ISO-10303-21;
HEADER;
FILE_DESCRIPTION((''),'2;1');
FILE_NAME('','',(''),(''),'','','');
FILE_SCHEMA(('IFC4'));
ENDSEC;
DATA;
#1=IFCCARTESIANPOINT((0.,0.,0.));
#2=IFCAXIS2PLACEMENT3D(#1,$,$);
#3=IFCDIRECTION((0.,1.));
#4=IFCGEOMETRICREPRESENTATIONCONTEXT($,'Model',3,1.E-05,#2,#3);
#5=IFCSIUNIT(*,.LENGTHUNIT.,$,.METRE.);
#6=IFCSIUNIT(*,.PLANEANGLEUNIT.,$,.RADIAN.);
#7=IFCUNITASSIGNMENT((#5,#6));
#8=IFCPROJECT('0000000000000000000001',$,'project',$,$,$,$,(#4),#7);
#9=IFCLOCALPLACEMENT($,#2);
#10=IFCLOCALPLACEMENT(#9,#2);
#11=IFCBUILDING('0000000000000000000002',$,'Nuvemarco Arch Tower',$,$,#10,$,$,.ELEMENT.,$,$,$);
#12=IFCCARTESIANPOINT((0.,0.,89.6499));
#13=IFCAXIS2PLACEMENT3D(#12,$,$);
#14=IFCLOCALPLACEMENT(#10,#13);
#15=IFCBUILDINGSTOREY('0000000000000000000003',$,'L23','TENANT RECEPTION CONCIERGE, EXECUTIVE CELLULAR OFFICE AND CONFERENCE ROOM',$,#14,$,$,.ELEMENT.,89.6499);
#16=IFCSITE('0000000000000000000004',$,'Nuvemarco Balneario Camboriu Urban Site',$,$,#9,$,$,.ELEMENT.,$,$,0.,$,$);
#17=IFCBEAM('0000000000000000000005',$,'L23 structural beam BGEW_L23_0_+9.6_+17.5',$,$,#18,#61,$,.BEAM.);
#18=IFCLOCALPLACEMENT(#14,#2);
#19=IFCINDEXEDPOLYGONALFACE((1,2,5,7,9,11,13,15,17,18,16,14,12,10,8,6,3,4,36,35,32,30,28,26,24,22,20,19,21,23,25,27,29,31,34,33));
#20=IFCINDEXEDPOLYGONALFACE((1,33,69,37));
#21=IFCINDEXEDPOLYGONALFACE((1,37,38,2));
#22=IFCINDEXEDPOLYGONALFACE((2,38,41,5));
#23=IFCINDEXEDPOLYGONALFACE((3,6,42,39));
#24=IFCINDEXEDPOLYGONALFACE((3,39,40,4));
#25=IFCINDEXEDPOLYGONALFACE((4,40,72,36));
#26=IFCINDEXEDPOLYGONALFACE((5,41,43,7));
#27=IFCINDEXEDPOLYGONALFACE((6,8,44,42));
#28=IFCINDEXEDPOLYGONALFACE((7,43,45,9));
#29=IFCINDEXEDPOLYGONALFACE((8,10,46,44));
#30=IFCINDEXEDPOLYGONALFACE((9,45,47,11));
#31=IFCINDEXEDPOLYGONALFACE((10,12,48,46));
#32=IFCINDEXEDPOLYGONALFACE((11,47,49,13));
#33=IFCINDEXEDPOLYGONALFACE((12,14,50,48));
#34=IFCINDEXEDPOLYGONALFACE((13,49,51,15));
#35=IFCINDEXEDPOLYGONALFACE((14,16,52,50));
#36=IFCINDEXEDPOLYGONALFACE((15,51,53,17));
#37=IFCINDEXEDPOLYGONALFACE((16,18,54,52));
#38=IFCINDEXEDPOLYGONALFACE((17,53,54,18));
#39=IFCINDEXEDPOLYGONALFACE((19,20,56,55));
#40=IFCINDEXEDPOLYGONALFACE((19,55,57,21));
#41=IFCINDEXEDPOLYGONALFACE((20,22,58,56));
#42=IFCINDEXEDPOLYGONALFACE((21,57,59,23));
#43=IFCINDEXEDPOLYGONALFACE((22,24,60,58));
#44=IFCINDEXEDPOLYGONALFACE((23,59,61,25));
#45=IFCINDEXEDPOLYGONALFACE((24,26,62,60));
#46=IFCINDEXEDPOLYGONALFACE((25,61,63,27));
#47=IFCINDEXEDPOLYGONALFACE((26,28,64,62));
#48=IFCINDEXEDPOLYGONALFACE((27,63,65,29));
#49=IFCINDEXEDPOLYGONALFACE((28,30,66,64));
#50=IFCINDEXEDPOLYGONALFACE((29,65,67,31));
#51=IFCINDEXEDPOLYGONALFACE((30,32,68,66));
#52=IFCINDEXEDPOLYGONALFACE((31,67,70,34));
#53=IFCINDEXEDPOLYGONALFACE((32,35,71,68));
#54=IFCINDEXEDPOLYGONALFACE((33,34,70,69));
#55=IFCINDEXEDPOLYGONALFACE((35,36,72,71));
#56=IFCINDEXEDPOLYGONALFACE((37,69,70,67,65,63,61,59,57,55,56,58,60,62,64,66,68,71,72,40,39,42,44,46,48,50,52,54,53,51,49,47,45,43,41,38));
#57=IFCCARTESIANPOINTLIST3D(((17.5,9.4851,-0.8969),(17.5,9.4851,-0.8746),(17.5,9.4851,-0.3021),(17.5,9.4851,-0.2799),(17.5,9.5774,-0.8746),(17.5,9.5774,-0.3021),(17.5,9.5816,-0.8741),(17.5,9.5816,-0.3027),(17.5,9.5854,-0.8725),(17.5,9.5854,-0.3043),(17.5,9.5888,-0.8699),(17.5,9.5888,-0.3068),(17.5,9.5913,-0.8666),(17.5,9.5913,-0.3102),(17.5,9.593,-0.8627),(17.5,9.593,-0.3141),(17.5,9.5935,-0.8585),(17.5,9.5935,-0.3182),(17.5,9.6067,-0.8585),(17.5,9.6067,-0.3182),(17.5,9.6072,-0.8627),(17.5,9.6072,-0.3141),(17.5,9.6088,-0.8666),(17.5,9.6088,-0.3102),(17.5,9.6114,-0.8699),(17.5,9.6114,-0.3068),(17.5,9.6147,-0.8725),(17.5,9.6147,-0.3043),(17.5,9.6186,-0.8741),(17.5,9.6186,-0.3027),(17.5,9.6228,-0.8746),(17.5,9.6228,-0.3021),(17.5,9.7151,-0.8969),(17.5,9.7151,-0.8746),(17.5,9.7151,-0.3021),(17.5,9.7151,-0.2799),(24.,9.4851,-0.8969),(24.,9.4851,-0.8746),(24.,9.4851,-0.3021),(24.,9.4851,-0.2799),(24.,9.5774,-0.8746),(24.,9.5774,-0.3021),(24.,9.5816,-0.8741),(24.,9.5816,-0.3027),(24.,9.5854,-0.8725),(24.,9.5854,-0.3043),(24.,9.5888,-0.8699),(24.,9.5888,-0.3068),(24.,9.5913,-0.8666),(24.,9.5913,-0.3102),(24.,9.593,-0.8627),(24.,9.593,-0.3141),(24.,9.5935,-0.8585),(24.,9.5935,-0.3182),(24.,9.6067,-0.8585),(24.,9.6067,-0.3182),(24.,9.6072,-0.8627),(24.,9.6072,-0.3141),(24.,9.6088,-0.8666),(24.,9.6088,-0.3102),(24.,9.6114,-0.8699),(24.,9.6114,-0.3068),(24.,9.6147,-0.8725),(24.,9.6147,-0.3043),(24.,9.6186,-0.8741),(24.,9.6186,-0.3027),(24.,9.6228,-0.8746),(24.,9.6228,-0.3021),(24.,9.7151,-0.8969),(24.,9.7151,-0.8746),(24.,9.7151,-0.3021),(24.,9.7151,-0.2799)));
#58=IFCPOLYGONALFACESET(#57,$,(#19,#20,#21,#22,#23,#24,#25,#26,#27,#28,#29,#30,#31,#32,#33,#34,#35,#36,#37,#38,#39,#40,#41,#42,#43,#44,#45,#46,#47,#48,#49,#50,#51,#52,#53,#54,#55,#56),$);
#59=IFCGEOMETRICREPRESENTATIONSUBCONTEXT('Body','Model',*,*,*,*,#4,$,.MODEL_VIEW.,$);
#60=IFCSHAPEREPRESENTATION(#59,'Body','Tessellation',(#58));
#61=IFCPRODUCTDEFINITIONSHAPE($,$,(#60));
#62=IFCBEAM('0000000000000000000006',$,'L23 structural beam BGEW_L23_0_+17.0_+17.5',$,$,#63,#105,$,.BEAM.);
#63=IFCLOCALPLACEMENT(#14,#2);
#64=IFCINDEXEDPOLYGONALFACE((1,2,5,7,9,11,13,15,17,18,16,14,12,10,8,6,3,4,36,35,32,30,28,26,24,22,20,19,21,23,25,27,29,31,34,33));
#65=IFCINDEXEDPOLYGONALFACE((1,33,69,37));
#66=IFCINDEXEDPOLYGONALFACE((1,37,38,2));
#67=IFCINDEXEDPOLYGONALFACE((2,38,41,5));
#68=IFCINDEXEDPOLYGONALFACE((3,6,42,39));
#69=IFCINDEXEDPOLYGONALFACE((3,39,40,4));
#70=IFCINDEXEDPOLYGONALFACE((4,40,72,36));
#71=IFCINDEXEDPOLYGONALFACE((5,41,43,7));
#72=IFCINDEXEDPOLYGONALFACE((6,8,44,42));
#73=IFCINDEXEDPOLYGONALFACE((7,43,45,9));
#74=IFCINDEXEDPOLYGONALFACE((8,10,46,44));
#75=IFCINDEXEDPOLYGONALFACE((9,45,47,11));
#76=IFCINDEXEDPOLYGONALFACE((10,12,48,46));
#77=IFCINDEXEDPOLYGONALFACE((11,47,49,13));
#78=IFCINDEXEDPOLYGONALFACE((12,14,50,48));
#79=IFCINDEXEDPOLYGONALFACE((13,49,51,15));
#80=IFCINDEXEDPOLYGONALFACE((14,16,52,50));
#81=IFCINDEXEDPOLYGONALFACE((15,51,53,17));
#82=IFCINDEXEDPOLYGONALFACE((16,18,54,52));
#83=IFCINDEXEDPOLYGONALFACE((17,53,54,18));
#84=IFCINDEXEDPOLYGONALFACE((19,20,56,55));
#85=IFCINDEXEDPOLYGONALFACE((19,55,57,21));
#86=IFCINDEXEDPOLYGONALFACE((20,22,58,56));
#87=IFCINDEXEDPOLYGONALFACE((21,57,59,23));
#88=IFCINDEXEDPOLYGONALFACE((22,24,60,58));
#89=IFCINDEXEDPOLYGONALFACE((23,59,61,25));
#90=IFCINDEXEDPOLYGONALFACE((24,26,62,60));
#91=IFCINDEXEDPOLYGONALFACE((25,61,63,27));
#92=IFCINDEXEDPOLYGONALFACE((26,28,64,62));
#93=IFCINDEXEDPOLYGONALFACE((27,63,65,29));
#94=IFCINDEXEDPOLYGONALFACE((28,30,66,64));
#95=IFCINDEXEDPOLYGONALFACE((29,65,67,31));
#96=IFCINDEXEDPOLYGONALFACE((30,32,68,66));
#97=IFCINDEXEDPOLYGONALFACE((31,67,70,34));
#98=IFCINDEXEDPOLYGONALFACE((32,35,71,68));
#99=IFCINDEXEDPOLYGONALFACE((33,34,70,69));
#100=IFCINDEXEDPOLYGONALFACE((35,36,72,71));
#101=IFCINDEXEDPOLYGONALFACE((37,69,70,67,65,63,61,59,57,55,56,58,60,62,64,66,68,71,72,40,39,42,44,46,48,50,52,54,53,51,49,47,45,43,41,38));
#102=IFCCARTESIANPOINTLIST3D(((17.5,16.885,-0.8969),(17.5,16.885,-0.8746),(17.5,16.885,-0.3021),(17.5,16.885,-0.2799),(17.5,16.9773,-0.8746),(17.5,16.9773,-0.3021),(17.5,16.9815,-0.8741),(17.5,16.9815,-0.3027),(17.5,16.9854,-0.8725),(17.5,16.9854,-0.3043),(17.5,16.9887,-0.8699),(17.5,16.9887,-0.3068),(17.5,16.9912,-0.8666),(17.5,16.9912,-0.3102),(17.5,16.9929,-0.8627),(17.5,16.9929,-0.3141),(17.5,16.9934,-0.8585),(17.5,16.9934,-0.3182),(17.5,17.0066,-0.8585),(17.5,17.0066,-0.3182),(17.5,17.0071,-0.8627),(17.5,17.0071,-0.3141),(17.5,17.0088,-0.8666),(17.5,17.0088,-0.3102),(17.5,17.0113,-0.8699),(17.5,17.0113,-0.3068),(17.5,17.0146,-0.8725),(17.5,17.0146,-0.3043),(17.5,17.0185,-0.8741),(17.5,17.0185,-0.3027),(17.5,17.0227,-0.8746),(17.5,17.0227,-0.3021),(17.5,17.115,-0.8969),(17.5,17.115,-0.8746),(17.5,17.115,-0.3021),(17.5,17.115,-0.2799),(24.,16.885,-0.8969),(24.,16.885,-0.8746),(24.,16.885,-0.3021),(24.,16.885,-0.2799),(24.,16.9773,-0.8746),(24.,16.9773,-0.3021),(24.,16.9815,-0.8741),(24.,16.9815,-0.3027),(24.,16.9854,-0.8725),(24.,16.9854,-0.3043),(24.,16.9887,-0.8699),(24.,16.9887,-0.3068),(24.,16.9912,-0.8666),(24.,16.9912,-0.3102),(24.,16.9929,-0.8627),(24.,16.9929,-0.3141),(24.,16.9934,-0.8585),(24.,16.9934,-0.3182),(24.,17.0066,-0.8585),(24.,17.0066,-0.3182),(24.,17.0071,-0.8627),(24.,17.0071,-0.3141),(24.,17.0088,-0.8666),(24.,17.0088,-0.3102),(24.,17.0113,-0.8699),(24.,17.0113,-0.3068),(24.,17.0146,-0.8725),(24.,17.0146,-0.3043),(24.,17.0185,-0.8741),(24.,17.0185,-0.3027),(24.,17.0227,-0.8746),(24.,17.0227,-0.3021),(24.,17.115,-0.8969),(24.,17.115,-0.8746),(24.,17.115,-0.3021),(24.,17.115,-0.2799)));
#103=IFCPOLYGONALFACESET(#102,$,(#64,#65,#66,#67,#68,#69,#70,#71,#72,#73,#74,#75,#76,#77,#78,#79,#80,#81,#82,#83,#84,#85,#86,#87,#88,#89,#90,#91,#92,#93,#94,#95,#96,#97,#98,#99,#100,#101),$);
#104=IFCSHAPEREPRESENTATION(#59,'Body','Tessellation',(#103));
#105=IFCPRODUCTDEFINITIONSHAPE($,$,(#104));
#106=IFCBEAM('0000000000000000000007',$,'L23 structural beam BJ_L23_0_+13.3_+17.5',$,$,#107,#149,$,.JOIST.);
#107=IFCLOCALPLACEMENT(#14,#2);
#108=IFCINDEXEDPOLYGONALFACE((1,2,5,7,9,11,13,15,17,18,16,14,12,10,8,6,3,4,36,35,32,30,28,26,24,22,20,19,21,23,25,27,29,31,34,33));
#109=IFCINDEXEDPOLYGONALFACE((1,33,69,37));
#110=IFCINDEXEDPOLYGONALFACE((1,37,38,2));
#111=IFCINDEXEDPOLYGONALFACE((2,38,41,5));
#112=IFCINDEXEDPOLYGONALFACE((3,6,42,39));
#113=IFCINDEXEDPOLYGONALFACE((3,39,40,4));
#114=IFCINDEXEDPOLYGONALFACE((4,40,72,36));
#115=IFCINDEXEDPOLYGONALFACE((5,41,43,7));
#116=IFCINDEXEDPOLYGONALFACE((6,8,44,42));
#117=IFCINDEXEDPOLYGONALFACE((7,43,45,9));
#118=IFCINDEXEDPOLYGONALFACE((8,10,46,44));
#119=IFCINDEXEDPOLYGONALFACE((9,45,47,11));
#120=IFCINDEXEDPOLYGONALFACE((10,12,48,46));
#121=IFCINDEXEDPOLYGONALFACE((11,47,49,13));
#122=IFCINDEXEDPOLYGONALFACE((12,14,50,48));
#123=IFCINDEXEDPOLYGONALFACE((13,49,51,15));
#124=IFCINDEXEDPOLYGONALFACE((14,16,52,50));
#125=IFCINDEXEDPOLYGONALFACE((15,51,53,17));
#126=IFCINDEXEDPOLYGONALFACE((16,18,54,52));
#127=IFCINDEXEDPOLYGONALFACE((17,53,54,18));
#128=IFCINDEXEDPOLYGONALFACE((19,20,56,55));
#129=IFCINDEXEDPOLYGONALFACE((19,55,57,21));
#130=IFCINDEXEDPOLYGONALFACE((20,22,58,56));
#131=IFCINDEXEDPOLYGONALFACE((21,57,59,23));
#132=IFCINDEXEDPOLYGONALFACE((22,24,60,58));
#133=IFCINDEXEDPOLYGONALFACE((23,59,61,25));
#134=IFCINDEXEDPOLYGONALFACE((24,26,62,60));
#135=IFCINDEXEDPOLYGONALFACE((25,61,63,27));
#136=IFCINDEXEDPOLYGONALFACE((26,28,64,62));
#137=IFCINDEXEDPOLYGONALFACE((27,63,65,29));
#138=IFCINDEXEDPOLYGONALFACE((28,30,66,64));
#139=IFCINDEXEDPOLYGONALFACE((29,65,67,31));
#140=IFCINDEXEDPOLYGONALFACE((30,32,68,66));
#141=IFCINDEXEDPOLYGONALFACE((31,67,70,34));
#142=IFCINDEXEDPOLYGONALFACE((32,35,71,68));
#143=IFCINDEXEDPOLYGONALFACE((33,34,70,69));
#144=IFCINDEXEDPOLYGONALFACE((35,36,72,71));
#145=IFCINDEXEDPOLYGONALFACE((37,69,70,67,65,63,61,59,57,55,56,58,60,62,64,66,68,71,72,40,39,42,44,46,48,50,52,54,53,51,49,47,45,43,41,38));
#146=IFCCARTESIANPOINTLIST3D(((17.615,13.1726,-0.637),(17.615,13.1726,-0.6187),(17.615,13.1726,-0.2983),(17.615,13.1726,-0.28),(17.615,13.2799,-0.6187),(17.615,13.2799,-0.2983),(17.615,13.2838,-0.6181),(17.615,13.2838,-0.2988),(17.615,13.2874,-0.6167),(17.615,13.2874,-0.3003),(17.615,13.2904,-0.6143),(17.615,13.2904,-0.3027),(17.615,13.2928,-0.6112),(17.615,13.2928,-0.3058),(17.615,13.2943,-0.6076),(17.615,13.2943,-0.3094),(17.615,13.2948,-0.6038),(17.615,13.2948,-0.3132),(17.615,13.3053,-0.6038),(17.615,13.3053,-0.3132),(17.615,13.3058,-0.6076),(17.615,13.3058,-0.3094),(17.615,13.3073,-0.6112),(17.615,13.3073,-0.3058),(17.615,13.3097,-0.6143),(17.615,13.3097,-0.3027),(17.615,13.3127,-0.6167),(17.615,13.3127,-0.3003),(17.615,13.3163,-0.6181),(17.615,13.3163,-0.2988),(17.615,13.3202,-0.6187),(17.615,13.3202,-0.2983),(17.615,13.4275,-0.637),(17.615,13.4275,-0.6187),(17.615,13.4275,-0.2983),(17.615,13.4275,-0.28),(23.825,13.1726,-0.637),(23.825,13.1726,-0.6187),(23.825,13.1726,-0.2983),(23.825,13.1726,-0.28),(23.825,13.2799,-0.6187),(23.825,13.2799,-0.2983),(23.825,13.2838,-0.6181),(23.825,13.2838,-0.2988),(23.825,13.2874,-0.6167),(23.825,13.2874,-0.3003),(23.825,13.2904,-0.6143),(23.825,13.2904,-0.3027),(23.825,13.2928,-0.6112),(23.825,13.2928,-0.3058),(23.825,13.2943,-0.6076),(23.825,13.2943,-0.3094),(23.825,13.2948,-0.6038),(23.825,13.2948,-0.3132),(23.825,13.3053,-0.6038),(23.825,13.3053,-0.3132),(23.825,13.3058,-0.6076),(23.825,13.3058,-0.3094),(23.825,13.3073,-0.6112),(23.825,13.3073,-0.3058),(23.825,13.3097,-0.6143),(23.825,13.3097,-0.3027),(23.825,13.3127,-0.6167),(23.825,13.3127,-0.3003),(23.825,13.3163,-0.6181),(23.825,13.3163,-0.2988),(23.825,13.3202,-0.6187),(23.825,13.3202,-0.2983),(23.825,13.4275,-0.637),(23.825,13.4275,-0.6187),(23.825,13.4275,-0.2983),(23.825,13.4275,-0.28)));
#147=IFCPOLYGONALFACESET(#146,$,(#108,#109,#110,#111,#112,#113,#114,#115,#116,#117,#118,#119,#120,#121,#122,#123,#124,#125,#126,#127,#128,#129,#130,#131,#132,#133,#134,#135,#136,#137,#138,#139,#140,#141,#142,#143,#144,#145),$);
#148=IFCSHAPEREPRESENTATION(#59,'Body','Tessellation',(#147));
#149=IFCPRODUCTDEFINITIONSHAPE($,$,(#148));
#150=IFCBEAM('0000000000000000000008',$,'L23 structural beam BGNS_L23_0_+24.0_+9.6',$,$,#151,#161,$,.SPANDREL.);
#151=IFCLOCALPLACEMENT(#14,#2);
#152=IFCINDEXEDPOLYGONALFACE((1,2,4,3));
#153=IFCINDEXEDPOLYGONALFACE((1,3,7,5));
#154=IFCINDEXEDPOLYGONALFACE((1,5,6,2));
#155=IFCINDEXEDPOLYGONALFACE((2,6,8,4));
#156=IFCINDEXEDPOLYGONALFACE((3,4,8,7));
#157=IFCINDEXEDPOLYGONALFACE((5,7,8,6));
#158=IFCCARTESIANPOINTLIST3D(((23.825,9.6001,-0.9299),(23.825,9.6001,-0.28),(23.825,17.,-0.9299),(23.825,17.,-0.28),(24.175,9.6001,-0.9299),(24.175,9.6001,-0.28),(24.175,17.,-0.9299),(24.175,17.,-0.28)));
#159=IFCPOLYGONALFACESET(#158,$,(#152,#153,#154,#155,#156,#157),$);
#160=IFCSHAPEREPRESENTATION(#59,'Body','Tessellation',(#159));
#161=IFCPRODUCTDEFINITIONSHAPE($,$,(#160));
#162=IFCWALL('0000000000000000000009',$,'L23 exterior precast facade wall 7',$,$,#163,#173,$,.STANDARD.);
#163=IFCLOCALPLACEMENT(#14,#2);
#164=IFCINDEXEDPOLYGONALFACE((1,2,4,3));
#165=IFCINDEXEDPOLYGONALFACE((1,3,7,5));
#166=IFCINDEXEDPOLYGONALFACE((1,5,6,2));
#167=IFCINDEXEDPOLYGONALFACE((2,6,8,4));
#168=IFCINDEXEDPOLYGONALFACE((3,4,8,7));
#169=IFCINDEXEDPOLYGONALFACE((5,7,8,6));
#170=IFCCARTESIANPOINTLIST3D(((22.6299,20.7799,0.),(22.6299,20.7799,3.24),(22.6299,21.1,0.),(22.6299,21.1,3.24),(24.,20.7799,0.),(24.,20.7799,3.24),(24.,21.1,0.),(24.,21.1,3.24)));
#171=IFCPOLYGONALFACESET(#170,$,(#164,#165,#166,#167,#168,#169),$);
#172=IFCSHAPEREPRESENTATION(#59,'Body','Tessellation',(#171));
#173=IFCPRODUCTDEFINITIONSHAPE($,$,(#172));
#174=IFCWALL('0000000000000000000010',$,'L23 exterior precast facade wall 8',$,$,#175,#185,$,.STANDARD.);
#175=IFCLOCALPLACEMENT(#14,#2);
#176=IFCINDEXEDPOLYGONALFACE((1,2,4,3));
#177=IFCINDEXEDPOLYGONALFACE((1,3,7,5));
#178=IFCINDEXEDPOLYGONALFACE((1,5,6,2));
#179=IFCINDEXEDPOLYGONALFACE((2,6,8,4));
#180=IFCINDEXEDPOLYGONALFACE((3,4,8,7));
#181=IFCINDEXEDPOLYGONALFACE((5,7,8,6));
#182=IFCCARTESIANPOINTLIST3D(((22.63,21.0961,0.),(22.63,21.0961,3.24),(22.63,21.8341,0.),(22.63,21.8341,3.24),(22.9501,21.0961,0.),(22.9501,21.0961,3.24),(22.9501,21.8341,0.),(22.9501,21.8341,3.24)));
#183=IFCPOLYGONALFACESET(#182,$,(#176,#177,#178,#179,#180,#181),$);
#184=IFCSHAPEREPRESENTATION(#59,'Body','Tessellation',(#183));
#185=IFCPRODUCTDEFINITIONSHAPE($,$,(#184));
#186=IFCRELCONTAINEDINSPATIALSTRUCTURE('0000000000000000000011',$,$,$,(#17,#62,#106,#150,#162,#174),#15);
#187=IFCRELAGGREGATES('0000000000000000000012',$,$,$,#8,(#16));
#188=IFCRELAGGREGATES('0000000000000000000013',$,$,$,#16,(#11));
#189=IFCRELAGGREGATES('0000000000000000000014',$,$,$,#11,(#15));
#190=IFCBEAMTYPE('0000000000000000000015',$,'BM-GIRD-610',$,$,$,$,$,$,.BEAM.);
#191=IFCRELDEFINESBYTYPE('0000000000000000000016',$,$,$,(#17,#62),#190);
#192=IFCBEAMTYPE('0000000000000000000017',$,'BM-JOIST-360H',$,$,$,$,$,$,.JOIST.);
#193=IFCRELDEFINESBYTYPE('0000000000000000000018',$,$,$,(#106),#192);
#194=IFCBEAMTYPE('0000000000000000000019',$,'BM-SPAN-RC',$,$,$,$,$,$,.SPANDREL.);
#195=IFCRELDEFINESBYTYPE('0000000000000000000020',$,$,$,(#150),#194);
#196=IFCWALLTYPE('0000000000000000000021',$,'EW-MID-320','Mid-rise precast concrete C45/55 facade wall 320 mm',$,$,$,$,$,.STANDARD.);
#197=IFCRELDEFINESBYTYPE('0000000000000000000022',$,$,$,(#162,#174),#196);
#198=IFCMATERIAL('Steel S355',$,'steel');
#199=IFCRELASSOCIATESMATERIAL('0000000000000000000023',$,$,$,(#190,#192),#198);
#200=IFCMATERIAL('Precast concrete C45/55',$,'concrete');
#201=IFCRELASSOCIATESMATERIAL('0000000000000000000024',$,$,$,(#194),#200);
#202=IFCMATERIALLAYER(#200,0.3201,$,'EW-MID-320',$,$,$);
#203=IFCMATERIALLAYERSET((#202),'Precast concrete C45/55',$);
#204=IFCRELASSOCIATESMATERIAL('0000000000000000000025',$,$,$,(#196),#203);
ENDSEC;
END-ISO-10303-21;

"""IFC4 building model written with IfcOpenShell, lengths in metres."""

from ifc_helpers import new_model, si_unit, direction, frame, frame_2d, origin, origin_2d, place, context, subcontext, project, spatial, rectangle, i_section, extrude, material, layer, layer_set, material_profile, profile_set, type_object, element, save


model = new_model("IFC4")

# Units and contexts
model_context = context("Model", 3, precision=1e-05, world=origin(), true_north=direction((0.0, 1.0)))
body_context = subcontext(model_context, "Body", "Model", "MODEL_VIEW")
ifc_project = project(units=[si_unit("LENGTHUNIT", "METRE"), si_unit("PLANEANGLEUNIT", "RADIAN")], contexts=[model_context])

# Site, building, storey
site_placement = place(None, origin())
site = spatial("IfcSite", under=ifc_project, at=site_placement, Name="Nuvemarco Balneario Camboriu Urban Site", CompositionType="ELEMENT", RefElevation=0.0)
building_placement = place(site_placement, origin())
building = spatial("IfcBuilding", under=site, at=building_placement, Name="Nuvemarco Arch Tower", CompositionType="ELEMENT")
storey_placement = place(building_placement, frame((0.0, 0.0, 89.6499)))
storey = spatial("IfcBuildingStorey", under=building, at=storey_placement, Name="L23", Description="TENANT RECEPTION CONCIERGE, EXECUTIVE CELLULAR OFFICE AND CONFERENCE ROOM", CompositionType="ELEMENT", Elevation=89.6499)

# Shared definitions
ifc_material_1 = material(Name="Steel S355", Category="steel")

# Beams
ifc_material_profile_1 = material_profile(ifc_material_1, i_section(OverallWidth=0.23, OverallDepth=0.6169, WebThickness=0.0132, FlangeThickness=0.0222, FilletRadius=0.0161, at=origin_2d()), Name="W610x140")
ifc_profile_set_1 = profile_set([ifc_material_profile_1], Name="Steel S355")
beam_type_1 = type_object("IfcBeamType", Name="BM-GIRD-610", PredefinedType="BEAM", material=ifc_profile_set_1)
for number, where, z_axis, x_axis, name in (
    (1, (17.5, 9.6001, -0.5884), (1.0, 0.0, 0.0), (0.0, 1.0, 0.0), "L23 structural beam BGEW_L23_0_+9.6_+17.5"),
    (2, (17.5, 17.0, -0.5884), (1.0, 0.0, 0.0), (0.0, 1.0, 0.0), "L23 structural beam BGEW_L23_0_+17.0_+17.5"),
):
    element("IfcBeam", number, at=place(storey_placement, frame(where, z_axis=z_axis, x_axis=x_axis)), inside=storey, type_object=beam_type_1, Name=name, PredefinedType="BEAM", context=body_context, shape_type="SweptSolid", body=[
        extrude(i_section(OverallWidth=0.23, OverallDepth=0.6169, WebThickness=0.0132, FlangeThickness=0.0222, FilletRadius=0.0161, at=origin_2d()), origin(), (0.0, 0.0, 1.0), 6.5),
    ])
ifc_material_profile_2 = material_profile(ifc_material_1, i_section(OverallWidth=0.2549, OverallDepth=0.3569, WebThickness=0.0105, FlangeThickness=0.0183, FilletRadius=0.0149, at=origin_2d()), Name="W360x101")
ifc_profile_set_2 = profile_set([ifc_material_profile_2], Name="Steel S355")
beam_type_2 = type_object("IfcBeamType", Name="BM-JOIST-360H", PredefinedType="JOIST", material=ifc_profile_set_2)
beam_1_placement = place(storey_placement, frame((17.615, 13.3, -0.4585), z_axis=(1.0, 0.0, 0.0), x_axis=(0.0, 1.0, 0.0)))
element("IfcBeam", 3, at=beam_1_placement, inside=storey, type_object=beam_type_2, Name="L23 structural beam BJ_L23_0_+13.3_+17.5", PredefinedType="JOIST", context=body_context, shape_type="SweptSolid", body=[
    extrude(i_section(OverallWidth=0.2549, OverallDepth=0.3569, WebThickness=0.0105, FlangeThickness=0.0183, FilletRadius=0.0149, at=origin_2d()), origin(), (0.0, 0.0, 1.0), 6.21),
])
ifc_material_2 = material(Name="Precast concrete C45/55", Category="concrete")
ifc_material_profile_3 = material_profile(ifc_material_2, rectangle(XDim=0.3501, YDim=0.6499, at=origin_2d()), Name="PC-SP-350x650")
ifc_profile_set_3 = profile_set([ifc_material_profile_3], Name="Precast concrete C45/55")
beam_type_3 = type_object("IfcBeamType", Name="BM-SPAN-RC", PredefinedType="SPANDREL", material=ifc_profile_set_3)
beam_2_placement = place(storey_placement, frame((24.0, 9.6001, -0.605), z_axis=(0.0, 1.0, 0.0), x_axis=(-1.0, 0.0, 0.0)))
element("IfcBeam", 4, at=beam_2_placement, inside=storey, type_object=beam_type_3, Name="L23 structural beam BGNS_L23_0_+24.0_+9.6", PredefinedType="SPANDREL", context=body_context, shape_type="SweptSolid", body=[
    extrude(rectangle(XDim=0.3501, YDim=0.6499, at=origin_2d()), origin(), (0.0, 0.0, 1.0), 7.3999),
])

# Walls
ifc_layer_1 = layer(ifc_material_2, 0.3201, Name="EW-MID-320")
ifc_layer_set_1 = layer_set([ifc_layer_1], Name="Precast concrete C45/55")
wall_type_1 = type_object("IfcWallType", Name="EW-MID-320", Description="Mid-rise precast concrete C45/55 facade wall 320 mm", PredefinedType="STANDARD", material=ifc_layer_set_1)
wall_1_placement = place(storey_placement, frame((22.6299, 20.9399, 0.0), z_axis=(0.0, 0.0, 1.0), x_axis=(1.0, 0.0, 0.0)))
element("IfcWall", 5, at=wall_1_placement, inside=storey, type_object=wall_type_1, Name="L23 exterior precast facade wall 7", PredefinedType="STANDARD", context=body_context, shape_type="SweptSolid", body=[
    extrude(rectangle(XDim=1.3701, YDim=0.3201, at=frame_2d((0.6851, 0.0))), origin(), (0.0, 0.0, 1.0), 3.24),
])
wall_2_placement = place(storey_placement, frame((22.79, 21.0959, 0.0), z_axis=(0.0, 0.0, 1.0), x_axis=(0.0, 1.0, 0.0)))
element("IfcWall", 6, at=wall_2_placement, inside=storey, type_object=wall_type_1, Name="L23 exterior precast facade wall 8", PredefinedType="STANDARD", context=body_context, shape_type="SweptSolid", body=[
    extrude(rectangle(XDim=0.738, YDim=0.3201, at=frame_2d((0.3691, 0.0))), origin(), (0.0, 0.0, 1.0), 3.24),
])

save(model, "model.ifc")
